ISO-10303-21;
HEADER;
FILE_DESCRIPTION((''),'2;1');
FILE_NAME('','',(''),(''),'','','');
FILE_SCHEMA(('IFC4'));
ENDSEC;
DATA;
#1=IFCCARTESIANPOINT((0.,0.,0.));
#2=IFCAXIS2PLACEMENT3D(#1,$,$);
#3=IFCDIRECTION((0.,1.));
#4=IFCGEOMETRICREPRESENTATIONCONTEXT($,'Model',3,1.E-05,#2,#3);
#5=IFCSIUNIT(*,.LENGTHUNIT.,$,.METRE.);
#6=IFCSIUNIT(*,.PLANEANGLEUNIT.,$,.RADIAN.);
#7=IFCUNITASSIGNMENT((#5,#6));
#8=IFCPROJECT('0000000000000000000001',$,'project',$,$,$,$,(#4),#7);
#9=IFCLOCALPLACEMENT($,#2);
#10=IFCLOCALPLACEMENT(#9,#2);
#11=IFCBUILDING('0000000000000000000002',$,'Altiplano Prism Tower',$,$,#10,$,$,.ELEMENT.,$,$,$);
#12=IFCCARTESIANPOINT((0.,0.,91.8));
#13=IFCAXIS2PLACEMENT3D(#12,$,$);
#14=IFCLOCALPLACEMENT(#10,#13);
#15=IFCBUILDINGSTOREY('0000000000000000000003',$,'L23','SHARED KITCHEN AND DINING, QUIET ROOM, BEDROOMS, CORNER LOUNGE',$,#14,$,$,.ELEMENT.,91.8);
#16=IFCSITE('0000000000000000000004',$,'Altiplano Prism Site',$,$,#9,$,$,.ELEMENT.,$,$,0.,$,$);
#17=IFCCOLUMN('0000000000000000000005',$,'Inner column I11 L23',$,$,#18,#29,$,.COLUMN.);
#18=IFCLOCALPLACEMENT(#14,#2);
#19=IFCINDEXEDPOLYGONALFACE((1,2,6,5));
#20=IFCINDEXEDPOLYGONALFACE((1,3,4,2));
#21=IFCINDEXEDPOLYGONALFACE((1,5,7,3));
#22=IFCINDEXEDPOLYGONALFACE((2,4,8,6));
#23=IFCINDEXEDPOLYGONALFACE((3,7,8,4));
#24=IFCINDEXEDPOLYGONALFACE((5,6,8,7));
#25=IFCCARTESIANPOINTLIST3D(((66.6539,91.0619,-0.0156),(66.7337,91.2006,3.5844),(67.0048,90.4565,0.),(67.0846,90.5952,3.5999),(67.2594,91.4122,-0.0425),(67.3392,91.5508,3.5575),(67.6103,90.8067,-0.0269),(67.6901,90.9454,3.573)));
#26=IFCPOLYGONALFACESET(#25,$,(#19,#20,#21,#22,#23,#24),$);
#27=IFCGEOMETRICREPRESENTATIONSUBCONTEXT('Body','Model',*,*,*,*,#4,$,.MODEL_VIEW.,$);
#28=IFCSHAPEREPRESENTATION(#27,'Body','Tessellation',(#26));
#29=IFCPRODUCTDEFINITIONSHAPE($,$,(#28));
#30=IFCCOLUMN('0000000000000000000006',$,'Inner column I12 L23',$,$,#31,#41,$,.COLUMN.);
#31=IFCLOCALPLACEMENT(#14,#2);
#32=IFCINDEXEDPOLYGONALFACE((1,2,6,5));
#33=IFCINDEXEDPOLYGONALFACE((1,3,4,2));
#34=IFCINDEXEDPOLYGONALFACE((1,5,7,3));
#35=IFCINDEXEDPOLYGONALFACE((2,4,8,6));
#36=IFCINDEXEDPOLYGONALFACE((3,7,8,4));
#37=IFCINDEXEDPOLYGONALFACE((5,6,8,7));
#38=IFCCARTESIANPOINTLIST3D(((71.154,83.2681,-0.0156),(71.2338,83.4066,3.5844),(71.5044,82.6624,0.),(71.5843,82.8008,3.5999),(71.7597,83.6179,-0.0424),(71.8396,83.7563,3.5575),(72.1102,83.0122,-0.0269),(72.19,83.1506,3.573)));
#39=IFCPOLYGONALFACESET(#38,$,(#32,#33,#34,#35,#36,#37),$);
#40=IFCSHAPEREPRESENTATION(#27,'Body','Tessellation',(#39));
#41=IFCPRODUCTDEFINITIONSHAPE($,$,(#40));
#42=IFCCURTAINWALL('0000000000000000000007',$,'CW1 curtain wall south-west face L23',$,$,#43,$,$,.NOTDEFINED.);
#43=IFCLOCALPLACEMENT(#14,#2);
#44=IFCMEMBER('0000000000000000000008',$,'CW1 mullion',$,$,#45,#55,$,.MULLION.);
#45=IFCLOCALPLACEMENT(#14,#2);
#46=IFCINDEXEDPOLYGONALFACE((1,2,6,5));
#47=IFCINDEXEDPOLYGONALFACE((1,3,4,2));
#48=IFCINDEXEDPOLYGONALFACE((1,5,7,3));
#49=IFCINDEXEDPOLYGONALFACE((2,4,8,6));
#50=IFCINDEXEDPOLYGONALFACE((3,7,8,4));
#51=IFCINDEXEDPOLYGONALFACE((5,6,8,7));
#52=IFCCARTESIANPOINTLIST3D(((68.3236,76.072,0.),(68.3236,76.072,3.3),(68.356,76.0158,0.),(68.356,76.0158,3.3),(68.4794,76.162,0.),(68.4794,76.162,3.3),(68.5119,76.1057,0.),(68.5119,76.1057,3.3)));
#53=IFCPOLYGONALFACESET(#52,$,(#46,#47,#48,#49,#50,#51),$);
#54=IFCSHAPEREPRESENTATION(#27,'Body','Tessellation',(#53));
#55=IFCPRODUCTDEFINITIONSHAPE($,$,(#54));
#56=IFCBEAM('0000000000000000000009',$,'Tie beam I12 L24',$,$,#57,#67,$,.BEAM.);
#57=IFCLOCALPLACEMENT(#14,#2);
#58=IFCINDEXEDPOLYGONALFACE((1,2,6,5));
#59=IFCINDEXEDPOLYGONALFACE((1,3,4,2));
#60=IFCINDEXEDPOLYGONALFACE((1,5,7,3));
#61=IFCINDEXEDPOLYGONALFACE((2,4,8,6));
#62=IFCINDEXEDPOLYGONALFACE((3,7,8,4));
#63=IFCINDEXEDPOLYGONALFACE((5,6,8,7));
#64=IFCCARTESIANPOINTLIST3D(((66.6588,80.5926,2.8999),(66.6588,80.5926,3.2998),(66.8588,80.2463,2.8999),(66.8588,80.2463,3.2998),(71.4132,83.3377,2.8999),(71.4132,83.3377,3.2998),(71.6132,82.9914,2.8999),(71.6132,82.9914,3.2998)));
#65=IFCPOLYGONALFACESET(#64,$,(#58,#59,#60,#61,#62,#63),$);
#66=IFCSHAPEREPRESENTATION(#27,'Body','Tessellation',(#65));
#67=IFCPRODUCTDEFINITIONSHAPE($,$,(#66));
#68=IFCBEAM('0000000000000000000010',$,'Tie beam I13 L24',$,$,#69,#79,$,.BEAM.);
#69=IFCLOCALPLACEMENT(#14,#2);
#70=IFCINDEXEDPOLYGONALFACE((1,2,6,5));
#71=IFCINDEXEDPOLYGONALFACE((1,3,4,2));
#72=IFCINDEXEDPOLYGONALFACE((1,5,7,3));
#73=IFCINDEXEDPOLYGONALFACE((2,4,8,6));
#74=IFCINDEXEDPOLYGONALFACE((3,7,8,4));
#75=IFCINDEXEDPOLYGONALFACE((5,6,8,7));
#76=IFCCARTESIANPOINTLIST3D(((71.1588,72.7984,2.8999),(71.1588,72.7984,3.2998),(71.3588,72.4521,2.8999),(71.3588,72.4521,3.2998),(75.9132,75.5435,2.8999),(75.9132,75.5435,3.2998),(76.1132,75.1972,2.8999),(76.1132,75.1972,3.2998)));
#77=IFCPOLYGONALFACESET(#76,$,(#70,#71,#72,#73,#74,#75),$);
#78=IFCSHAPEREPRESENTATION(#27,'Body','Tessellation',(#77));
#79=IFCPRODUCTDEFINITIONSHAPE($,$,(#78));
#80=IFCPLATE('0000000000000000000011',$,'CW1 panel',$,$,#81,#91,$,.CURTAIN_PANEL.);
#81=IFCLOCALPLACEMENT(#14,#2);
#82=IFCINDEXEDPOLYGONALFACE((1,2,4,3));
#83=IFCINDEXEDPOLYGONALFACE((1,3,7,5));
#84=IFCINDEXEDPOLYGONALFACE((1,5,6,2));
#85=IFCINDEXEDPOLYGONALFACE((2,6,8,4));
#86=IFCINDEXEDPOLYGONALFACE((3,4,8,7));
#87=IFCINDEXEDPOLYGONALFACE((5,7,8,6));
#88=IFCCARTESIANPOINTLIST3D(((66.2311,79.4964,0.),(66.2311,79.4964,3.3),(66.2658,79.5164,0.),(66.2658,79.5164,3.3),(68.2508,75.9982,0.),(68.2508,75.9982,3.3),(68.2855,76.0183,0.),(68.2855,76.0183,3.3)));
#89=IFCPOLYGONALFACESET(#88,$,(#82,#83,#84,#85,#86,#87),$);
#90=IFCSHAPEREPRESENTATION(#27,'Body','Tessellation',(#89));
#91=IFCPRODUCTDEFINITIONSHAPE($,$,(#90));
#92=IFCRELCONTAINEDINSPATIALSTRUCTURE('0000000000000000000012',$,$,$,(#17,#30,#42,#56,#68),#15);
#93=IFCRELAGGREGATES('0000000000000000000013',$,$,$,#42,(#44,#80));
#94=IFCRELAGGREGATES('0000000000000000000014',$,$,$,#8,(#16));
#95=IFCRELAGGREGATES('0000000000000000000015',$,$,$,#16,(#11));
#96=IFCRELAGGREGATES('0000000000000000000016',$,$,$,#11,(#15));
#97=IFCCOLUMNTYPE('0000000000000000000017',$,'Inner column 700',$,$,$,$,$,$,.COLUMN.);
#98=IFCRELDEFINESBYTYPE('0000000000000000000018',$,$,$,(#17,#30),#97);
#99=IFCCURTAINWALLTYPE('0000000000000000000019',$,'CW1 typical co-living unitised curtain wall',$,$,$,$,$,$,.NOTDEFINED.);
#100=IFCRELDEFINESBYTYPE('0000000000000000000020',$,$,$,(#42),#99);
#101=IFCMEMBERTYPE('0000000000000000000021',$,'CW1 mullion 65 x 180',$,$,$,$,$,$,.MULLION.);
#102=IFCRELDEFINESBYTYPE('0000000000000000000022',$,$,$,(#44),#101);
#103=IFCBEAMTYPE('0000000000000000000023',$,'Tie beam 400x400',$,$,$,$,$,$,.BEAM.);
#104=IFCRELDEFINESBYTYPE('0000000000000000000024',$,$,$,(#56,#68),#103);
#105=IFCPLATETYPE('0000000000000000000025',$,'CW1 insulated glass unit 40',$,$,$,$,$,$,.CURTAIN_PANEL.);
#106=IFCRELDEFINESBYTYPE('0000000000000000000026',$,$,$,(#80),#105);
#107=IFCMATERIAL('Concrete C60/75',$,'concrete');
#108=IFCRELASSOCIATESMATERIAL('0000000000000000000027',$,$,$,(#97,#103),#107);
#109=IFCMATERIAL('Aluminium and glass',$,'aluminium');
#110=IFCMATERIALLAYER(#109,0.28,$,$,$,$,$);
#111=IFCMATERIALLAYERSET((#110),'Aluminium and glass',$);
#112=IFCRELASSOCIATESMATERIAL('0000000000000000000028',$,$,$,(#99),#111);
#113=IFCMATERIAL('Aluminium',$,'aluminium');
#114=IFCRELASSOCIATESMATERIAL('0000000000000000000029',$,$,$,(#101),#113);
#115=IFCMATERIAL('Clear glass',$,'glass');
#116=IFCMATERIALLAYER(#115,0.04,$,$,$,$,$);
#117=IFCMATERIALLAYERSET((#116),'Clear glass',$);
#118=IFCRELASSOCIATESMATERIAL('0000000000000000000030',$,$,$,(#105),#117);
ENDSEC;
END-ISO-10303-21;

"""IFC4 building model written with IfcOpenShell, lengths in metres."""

from ifc_helpers import new_model, si_unit, direction, frame, origin, origin_2d, place, context, subcontext, project, spatial, rectangle, extrude, material, layer, layer_set, material_profile, profile_set, type_object, element, aggregate, save


model = new_model("IFC4")

# Units and contexts
model_context = context("Model", 3, precision=1e-05, world=origin(), true_north=direction((0.0, 1.0)))
body_context = subcontext(model_context, "Body", "Model", "MODEL_VIEW")
ifc_project = project(units=[si_unit("LENGTHUNIT", "METRE"), si_unit("PLANEANGLEUNIT", "RADIAN")], contexts=[model_context])

# Site, building, storey
site_placement = place(None, origin())
site = spatial("IfcSite", under=ifc_project, at=site_placement, Name="Altiplano Prism Site", CompositionType="ELEMENT", RefElevation=0.0)
building_placement = place(site_placement, origin())
building = spatial("IfcBuilding", under=site, at=building_placement, Name="Altiplano Prism Tower", CompositionType="ELEMENT")
storey_placement = place(building_placement, frame((0.0, 0.0, 91.8)))
storey = spatial("IfcBuildingStorey", under=building, at=storey_placement, Name="L23", Description="SHARED KITCHEN AND DINING, QUIET ROOM, BEDROOMS, CORNER LOUNGE", CompositionType="ELEMENT", Elevation=91.8)

# Columns
ifc_material_1 = material(Name="Concrete C60/75", Category="concrete")
ifc_material_profile_1 = material_profile(ifc_material_1, rectangle(XDim=0.7, YDim=0.7, at=origin_2d()), Name="Inner column 700")
ifc_profile_set_1 = profile_set([ifc_material_profile_1], Name="Concrete C60/75")
column_type = type_object("IfcColumnType", Name="Inner column 700", PredefinedType="COLUMN", material=ifc_profile_set_1)
for number, where, z_axis, x_axis, name in (
    (1, (67.1321, 90.9343, -0.0212), (0.022155, 0.038484, 0.999014), (-0.86498, -0.50033, 0.038456), "Inner column I11 L23"),
    (2, (71.6321, 83.1401, -0.0212), (0.022155, 0.038416, 0.999016), (-0.865363, -0.499671, 0.038405), "Inner column I12 L23"),
):
    element("IfcColumn", number, at=place(storey_placement, frame(where, z_axis=z_axis, x_axis=x_axis)), inside=storey, type_object=column_type, Name=name, PredefinedType="COLUMN", context=body_context, shape_type="SweptSolid", body=[
        extrude(rectangle(XDim=0.7, YDim=0.7, at=origin_2d()), origin(), (0.0, 0.0, 1.0), 3.6035),
    ])

# Curtain wall, member
ifc_material_2 = material(Name="Aluminium and glass", Category="aluminium")
ifc_layer_1 = layer(ifc_material_2, 0.28)
ifc_layer_set_1 = layer_set([ifc_layer_1], Name="Aluminium and glass")
curtain_wall_type = type_object("IfcCurtainWallType", Name="CW1 typical co-living unitised curtain wall", PredefinedType="NOTDEFINED", material=ifc_layer_set_1)
curtain_wall_placement = place(storey_placement, origin())
curtain_wall = element("IfcCurtainWall", 3, at=curtain_wall_placement, inside=storey, type_object=curtain_wall_type, Name="CW1 curtain wall south-west face L23", PredefinedType="NOTDEFINED")
ifc_material_3 = material(Name="Aluminium", Category="aluminium")
ifc_material_profile_2 = material_profile(ifc_material_3, rectangle(XDim=0.1799, YDim=0.0649, at=origin_2d()), Name="CW1 mullion 65 x 180")
ifc_profile_set_2 = profile_set([ifc_material_profile_2], Name="Aluminium")
member_type = type_object("IfcMemberType", Name="CW1 mullion 65 x 180", PredefinedType="MULLION", material=ifc_profile_set_2)
member_placement = place(storey_placement, frame((68.4177, 76.0889, 0.0), z_axis=(0.0, 0.0, 1.0), x_axis=(0.866025, 0.5, 0.0)))
member = element("IfcMember", 4, at=member_placement, type_object=member_type, Name="CW1 mullion", PredefinedType="MULLION", context=body_context, shape_type="SweptSolid", body=[
    extrude(rectangle(XDim=0.1799, YDim=0.0649, at=origin_2d()), origin(), (0.0, 0.0, 1.0), 3.3),
])

# Beams
ifc_material_profile_3 = material_profile(ifc_material_1, rectangle(XDim=0.3999, YDim=0.3999, at=origin_2d()), Name="Tie beam 400x400")
ifc_profile_set_3 = profile_set([ifc_material_profile_3], Name="Concrete C60/75")
beam_type = type_object("IfcBeamType", Name="Tie beam 400x400", PredefinedType="BEAM", material=ifc_profile_set_3)
for number, where, z_axis, x_axis, name in (
    (5, (71.5132, 83.1646, 3.0999), (-0.866012, -0.500023, 0.0), (0.500023, -0.866012, 0.0), "Tie beam I12 L24"),
    (6, (76.0132, 75.3704, 3.0999), (-0.866012, -0.500023, 0.0), (0.500023, -0.866012, 0.0), "Tie beam I13 L24"),
):
    element("IfcBeam", number, at=place(storey_placement, frame(where, z_axis=z_axis, x_axis=x_axis)), inside=storey, type_object=beam_type, Name=name, PredefinedType="BEAM", context=body_context, shape_type="SweptSolid", body=[
        extrude(rectangle(XDim=0.3999, YDim=0.3999, at=origin_2d()), origin(), (0.0, 0.0, 1.0), 5.49),
    ])

# Plate
ifc_material_4 = material(Name="Clear glass", Category="glass")
ifc_layer_2 = layer(ifc_material_4, 0.04)
ifc_layer_set_2 = layer_set([ifc_layer_2], Name="Clear glass")
plate_type = type_object("IfcPlateType", Name="CW1 insulated glass unit 40", PredefinedType="CURTAIN_PANEL", material=ifc_layer_set_2)
plate_placement = place(storey_placement, frame((67.2583, 77.7573, 0.0), z_axis=(0.0, 0.0, 1.0), x_axis=(0.5, -0.866025, 0.0)))
plate = element("IfcPlate", 7, at=plate_placement, type_object=plate_type, Name="CW1 panel", PredefinedType="CURTAIN_PANEL", context=body_context, shape_type="SweptSolid", body=[
    extrude(rectangle(XDim=4.0393, YDim=0.04, at=origin_2d()), origin(), (0.0, 0.0, 1.0), 3.3),
])
aggregate(curtain_wall, [member, plate])

save(model, "model.ifc")
